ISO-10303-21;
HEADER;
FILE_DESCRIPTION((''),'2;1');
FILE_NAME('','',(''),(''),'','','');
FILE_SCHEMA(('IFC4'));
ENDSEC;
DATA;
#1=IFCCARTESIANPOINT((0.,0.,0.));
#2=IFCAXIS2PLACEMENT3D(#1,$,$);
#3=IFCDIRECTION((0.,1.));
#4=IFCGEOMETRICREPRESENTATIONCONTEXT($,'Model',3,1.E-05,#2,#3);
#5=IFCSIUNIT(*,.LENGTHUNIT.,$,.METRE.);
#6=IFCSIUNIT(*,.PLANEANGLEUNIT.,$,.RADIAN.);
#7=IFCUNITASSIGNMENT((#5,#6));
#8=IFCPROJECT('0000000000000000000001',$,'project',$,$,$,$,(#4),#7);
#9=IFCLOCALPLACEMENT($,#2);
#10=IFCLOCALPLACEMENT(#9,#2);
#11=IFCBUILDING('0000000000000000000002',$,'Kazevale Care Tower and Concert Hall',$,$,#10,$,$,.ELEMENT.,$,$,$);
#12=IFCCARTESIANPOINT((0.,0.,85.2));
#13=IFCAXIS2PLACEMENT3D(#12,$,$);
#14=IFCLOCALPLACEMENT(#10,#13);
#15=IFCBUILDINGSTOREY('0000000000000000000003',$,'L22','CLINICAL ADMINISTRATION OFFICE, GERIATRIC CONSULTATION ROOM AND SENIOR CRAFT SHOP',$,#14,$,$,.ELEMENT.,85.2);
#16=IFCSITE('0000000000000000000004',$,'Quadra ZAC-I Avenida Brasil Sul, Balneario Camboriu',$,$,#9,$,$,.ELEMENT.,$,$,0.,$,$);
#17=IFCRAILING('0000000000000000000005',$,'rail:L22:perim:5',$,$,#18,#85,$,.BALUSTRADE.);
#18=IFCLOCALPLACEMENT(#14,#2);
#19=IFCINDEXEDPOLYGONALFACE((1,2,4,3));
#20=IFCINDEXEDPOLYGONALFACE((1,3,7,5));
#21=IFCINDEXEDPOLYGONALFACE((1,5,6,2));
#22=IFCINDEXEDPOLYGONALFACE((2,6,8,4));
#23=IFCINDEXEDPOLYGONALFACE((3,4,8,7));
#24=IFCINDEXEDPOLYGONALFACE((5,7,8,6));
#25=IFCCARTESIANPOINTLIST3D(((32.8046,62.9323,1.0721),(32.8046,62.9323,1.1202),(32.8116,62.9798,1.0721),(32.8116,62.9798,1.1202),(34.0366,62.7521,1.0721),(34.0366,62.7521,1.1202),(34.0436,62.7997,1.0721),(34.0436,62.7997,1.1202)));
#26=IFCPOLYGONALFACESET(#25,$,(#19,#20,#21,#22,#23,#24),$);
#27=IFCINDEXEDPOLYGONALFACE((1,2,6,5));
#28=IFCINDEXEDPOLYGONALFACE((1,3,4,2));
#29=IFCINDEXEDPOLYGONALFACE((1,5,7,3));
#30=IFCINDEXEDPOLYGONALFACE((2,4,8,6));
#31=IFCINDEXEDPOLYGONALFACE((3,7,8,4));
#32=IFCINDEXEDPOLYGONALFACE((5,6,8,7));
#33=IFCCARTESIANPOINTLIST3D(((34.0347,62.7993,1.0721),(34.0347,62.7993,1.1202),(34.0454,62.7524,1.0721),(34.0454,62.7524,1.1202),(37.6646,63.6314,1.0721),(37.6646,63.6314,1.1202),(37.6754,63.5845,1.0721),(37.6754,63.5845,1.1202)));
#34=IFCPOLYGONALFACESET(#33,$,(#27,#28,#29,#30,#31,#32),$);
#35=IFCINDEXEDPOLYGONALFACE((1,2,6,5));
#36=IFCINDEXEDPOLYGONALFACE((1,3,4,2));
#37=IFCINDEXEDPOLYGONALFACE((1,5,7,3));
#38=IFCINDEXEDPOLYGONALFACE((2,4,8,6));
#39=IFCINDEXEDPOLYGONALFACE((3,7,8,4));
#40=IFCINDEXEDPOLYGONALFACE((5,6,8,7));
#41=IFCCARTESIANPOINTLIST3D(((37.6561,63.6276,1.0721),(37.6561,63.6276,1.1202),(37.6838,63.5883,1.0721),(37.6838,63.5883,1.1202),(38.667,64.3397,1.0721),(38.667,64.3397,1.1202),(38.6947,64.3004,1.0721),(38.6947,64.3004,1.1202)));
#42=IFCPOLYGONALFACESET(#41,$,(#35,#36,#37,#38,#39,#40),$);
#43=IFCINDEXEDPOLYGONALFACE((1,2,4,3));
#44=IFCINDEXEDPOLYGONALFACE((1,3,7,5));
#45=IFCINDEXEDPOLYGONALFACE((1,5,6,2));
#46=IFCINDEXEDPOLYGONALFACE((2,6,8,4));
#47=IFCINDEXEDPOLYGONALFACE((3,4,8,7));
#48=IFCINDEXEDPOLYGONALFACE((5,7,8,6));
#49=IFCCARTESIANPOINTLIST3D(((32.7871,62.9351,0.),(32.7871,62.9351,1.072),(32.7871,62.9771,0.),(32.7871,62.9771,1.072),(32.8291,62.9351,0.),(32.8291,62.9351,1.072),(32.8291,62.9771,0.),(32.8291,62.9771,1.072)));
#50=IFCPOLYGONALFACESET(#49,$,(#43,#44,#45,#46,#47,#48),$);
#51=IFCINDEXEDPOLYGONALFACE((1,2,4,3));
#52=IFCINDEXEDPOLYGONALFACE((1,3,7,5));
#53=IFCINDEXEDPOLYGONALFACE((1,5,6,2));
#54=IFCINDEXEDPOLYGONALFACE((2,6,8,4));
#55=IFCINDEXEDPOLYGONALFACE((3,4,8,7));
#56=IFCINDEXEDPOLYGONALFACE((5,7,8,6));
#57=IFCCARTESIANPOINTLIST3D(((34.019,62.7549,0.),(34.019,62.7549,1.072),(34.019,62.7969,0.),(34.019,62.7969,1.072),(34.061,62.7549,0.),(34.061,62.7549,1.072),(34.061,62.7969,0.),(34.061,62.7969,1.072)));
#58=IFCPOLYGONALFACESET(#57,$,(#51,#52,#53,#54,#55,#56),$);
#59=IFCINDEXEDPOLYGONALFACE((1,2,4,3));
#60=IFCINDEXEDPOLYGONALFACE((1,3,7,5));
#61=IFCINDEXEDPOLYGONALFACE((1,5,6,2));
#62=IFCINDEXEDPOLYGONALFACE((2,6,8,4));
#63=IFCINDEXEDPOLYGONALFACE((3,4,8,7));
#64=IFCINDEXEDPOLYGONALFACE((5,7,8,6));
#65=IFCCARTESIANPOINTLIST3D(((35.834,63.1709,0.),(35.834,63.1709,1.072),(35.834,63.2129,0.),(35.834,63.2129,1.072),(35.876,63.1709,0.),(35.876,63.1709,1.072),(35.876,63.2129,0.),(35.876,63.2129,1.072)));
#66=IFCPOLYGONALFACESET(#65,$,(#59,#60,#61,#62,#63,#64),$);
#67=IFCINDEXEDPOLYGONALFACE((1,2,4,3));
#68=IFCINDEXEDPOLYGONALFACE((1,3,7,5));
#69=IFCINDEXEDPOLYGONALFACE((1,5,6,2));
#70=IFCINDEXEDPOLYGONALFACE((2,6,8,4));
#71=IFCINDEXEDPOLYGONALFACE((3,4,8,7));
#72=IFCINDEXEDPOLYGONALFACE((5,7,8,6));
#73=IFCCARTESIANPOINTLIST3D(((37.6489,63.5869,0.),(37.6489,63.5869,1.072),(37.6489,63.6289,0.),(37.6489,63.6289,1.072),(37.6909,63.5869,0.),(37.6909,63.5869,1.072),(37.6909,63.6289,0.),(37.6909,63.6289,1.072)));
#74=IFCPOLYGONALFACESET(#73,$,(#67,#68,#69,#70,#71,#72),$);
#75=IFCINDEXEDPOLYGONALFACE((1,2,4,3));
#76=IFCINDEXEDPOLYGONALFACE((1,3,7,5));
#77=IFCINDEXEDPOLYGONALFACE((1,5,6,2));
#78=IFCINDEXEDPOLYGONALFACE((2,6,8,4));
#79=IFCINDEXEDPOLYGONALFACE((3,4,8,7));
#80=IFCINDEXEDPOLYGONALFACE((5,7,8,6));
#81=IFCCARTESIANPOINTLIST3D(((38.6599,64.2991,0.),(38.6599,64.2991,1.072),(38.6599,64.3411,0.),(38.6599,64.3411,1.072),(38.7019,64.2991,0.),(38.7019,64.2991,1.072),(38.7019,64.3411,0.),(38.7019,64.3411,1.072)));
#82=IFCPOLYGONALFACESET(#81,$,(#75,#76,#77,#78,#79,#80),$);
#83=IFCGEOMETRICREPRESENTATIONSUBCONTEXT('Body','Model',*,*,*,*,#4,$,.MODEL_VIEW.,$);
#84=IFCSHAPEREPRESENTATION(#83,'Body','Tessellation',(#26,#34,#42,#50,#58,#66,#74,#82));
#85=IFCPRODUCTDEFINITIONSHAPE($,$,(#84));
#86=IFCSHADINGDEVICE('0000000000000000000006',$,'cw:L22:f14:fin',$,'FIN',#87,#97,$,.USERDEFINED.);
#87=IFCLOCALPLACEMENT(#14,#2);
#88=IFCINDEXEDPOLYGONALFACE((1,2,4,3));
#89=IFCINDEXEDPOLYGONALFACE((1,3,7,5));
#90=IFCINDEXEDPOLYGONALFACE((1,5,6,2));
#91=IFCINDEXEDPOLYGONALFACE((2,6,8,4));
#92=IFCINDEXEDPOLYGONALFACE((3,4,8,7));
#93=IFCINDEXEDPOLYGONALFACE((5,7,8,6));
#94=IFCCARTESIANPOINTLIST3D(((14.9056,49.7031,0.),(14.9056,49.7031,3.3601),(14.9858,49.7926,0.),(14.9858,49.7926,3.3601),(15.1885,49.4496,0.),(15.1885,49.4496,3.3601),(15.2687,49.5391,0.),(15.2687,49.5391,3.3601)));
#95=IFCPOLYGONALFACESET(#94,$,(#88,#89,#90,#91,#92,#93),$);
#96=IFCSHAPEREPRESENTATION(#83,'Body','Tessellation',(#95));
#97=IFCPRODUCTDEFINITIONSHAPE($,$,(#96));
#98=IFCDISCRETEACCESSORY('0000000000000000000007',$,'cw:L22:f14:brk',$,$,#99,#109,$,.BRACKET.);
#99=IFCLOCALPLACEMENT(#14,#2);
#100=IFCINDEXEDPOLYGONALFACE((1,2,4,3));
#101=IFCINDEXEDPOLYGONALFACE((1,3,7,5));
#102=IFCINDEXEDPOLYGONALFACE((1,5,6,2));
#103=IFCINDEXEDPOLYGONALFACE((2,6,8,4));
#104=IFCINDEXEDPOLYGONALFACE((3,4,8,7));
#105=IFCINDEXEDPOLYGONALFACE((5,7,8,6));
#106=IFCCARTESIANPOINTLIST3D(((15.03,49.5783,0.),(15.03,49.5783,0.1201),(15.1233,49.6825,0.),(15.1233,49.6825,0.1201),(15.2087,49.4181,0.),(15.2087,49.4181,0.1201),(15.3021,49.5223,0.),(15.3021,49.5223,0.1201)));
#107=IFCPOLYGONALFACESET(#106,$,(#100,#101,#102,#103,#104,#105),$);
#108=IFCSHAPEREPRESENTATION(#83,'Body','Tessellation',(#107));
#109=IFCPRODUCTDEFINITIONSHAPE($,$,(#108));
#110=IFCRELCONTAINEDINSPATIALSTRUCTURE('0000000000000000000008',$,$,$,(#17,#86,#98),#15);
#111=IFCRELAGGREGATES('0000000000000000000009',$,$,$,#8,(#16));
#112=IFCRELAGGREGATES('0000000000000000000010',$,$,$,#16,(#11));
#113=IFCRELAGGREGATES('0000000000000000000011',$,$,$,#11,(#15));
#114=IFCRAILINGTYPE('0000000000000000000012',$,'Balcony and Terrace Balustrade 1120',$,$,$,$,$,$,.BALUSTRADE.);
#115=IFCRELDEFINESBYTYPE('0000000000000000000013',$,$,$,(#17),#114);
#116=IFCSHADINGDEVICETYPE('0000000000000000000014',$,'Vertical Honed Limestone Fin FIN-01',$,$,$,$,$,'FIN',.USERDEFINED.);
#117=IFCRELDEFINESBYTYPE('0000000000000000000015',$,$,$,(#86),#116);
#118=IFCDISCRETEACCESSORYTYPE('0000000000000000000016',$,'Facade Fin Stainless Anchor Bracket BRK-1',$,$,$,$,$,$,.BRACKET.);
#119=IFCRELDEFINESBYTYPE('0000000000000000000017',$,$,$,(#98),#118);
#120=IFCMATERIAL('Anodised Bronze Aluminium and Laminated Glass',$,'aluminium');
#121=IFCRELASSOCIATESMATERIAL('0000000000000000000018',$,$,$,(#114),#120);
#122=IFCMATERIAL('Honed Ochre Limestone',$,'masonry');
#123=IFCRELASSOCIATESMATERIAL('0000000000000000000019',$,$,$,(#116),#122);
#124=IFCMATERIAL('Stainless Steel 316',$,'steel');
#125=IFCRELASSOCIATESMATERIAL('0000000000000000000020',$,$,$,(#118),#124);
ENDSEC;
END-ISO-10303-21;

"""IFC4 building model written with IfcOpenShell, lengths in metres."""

from ifc_helpers import new_model, si_unit, direction, frame, origin, origin_2d, place, context, subcontext, project, spatial, rectangle, extrude, material, type_object, element, save


model = new_model("IFC4")

# Units and contexts
model_context = context("Model", 3, precision=1e-05, world=origin(), true_north=direction((0.0, 1.0)))
body_context = subcontext(model_context, "Body", "Model", "MODEL_VIEW")
ifc_project = project(units=[si_unit("LENGTHUNIT", "METRE"), si_unit("PLANEANGLEUNIT", "RADIAN")], contexts=[model_context])

# Site, building, storey
site_placement = place(None, origin())
site = spatial("IfcSite", under=ifc_project, at=site_placement, Name="Quadra ZAC-I Avenida Brasil Sul, Balneario Camboriu", CompositionType="ELEMENT", RefElevation=0.0)
building_placement = place(site_placement, origin())
building = spatial("IfcBuilding", under=site, at=building_placement, Name="Kazevale Care Tower and Concert Hall", CompositionType="ELEMENT")
storey_placement = place(building_placement, frame((0.0, 0.0, 85.2)))
storey = spatial("IfcBuildingStorey", under=building, at=storey_placement, Name="L22", Description="CLINICAL ADMINISTRATION OFFICE, GERIATRIC CONSULTATION ROOM AND SENIOR CRAFT SHOP", CompositionType="ELEMENT", Elevation=85.2)

# Railing
ifc_material_1 = material(Name="Anodised Bronze Aluminium and Laminated Glass", Category="aluminium")
railing_type = type_object("IfcRailingType", Name="Balcony and Terrace Balustrade 1120", PredefinedType="BALUSTRADE", material=ifc_material_1)
railing_1_placement = place(storey_placement, frame((32.8081, 62.9561, 0.0)))
element("IfcRailing", 1, at=railing_1_placement, inside=storey, type_object=railing_type, Name="rail:L22:perim:5", PredefinedType="BALUSTRADE", context=body_context, shape_type="SweptSolid", body=[
    extrude(rectangle(XDim=0.0481, YDim=0.0481, at=origin_2d()), frame((0.0, 0.0, 1.0962), z_axis=(0.989473, -0.144715, 0.0), x_axis=(0.144715, 0.989473, 0.0)), (0.0, 0.0, 1.0), 1.2451),
    extrude(rectangle(XDim=0.0481, YDim=0.0481, at=origin_2d()), frame((1.2319, -0.1802, 1.0962), z_axis=(0.974722, 0.223423, 0.0), x_axis=(-0.223423, 0.974722, 0.0)), (0.0, 0.0, 1.0), 3.7241),
    extrude(rectangle(XDim=0.0481, YDim=0.0481, at=origin_2d()), frame((4.8618, 0.6519, 1.0962), z_axis=(0.817531, 0.575885, 0.0), x_axis=(-0.575885, 0.817531, 0.0)), (0.0, 0.0, 1.0), 1.2366),
    extrude(rectangle(XDim=0.042, YDim=0.042, at=origin_2d()), origin(), (0.0, 0.0, 1.0), 1.072),
    extrude(rectangle(XDim=0.042, YDim=0.042, at=origin_2d()), frame((1.2319, -0.1802, 0.0)), (0.0, 0.0, 1.0), 1.072),
    extrude(rectangle(XDim=0.042, YDim=0.042, at=origin_2d()), frame((3.0469, 0.2358, 0.0)), (0.0, 0.0, 1.0), 1.072),
    extrude(rectangle(XDim=0.042, YDim=0.042, at=origin_2d()), frame((4.8618, 0.6519, 0.0)), (0.0, 0.0, 1.0), 1.072),
    extrude(rectangle(XDim=0.042, YDim=0.042, at=origin_2d()), frame((5.8728, 1.364, 0.0)), (0.0, 0.0, 1.0), 1.072),
])

# Shading device
ifc_material_2 = material(Name="Honed Ochre Limestone", Category="masonry")
shading_device_type = type_object("IfcShadingDeviceType", Name="Vertical Honed Limestone Fin FIN-01", ElementType="FIN", PredefinedType="USERDEFINED", material=ifc_material_2)
shading_device_placement = place(storey_placement, frame((15.0872, 49.6211, 0.0), z_axis=(0.0, 0.0, 1.0), x_axis=(-0.744778, 0.667313, 0.0)))
element("IfcShadingDevice", 2, at=shading_device_placement, inside=storey, type_object=shading_device_type, Name="cw:L22:f14:fin", ObjectType="FIN", PredefinedType="USERDEFINED", context=body_context, shape_type="SweptSolid", body=[
    extrude(rectangle(XDim=0.3799, YDim=0.1201, at=origin_2d()), origin(), (0.0, 0.0, 1.0), 3.3601),
])

# Discrete accessory
ifc_material_3 = material(Name="Stainless Steel 316", Category="steel")
discrete_accessory_type = type_object("IfcDiscreteAccessoryType", Name="Facade Fin Stainless Anchor Bracket BRK-1", PredefinedType="BRACKET", material=ifc_material_3)
discrete_accessory_placement = place(storey_placement, frame((15.166, 49.5503, 0.0), z_axis=(0.0, 0.0, 1.0), x_axis=(-0.744778, 0.667313, 0.0)))
element("IfcDiscreteAccessory", 3, at=discrete_accessory_placement, inside=storey, type_object=discrete_accessory_type, Name="cw:L22:f14:brk", PredefinedType="BRACKET", context=body_context, shape_type="SweptSolid", body=[
    extrude(rectangle(XDim=0.24, YDim=0.1399, at=origin_2d()), origin(), (0.0, 0.0, 1.0), 0.1201),
])

save(model, "model.ifc")
